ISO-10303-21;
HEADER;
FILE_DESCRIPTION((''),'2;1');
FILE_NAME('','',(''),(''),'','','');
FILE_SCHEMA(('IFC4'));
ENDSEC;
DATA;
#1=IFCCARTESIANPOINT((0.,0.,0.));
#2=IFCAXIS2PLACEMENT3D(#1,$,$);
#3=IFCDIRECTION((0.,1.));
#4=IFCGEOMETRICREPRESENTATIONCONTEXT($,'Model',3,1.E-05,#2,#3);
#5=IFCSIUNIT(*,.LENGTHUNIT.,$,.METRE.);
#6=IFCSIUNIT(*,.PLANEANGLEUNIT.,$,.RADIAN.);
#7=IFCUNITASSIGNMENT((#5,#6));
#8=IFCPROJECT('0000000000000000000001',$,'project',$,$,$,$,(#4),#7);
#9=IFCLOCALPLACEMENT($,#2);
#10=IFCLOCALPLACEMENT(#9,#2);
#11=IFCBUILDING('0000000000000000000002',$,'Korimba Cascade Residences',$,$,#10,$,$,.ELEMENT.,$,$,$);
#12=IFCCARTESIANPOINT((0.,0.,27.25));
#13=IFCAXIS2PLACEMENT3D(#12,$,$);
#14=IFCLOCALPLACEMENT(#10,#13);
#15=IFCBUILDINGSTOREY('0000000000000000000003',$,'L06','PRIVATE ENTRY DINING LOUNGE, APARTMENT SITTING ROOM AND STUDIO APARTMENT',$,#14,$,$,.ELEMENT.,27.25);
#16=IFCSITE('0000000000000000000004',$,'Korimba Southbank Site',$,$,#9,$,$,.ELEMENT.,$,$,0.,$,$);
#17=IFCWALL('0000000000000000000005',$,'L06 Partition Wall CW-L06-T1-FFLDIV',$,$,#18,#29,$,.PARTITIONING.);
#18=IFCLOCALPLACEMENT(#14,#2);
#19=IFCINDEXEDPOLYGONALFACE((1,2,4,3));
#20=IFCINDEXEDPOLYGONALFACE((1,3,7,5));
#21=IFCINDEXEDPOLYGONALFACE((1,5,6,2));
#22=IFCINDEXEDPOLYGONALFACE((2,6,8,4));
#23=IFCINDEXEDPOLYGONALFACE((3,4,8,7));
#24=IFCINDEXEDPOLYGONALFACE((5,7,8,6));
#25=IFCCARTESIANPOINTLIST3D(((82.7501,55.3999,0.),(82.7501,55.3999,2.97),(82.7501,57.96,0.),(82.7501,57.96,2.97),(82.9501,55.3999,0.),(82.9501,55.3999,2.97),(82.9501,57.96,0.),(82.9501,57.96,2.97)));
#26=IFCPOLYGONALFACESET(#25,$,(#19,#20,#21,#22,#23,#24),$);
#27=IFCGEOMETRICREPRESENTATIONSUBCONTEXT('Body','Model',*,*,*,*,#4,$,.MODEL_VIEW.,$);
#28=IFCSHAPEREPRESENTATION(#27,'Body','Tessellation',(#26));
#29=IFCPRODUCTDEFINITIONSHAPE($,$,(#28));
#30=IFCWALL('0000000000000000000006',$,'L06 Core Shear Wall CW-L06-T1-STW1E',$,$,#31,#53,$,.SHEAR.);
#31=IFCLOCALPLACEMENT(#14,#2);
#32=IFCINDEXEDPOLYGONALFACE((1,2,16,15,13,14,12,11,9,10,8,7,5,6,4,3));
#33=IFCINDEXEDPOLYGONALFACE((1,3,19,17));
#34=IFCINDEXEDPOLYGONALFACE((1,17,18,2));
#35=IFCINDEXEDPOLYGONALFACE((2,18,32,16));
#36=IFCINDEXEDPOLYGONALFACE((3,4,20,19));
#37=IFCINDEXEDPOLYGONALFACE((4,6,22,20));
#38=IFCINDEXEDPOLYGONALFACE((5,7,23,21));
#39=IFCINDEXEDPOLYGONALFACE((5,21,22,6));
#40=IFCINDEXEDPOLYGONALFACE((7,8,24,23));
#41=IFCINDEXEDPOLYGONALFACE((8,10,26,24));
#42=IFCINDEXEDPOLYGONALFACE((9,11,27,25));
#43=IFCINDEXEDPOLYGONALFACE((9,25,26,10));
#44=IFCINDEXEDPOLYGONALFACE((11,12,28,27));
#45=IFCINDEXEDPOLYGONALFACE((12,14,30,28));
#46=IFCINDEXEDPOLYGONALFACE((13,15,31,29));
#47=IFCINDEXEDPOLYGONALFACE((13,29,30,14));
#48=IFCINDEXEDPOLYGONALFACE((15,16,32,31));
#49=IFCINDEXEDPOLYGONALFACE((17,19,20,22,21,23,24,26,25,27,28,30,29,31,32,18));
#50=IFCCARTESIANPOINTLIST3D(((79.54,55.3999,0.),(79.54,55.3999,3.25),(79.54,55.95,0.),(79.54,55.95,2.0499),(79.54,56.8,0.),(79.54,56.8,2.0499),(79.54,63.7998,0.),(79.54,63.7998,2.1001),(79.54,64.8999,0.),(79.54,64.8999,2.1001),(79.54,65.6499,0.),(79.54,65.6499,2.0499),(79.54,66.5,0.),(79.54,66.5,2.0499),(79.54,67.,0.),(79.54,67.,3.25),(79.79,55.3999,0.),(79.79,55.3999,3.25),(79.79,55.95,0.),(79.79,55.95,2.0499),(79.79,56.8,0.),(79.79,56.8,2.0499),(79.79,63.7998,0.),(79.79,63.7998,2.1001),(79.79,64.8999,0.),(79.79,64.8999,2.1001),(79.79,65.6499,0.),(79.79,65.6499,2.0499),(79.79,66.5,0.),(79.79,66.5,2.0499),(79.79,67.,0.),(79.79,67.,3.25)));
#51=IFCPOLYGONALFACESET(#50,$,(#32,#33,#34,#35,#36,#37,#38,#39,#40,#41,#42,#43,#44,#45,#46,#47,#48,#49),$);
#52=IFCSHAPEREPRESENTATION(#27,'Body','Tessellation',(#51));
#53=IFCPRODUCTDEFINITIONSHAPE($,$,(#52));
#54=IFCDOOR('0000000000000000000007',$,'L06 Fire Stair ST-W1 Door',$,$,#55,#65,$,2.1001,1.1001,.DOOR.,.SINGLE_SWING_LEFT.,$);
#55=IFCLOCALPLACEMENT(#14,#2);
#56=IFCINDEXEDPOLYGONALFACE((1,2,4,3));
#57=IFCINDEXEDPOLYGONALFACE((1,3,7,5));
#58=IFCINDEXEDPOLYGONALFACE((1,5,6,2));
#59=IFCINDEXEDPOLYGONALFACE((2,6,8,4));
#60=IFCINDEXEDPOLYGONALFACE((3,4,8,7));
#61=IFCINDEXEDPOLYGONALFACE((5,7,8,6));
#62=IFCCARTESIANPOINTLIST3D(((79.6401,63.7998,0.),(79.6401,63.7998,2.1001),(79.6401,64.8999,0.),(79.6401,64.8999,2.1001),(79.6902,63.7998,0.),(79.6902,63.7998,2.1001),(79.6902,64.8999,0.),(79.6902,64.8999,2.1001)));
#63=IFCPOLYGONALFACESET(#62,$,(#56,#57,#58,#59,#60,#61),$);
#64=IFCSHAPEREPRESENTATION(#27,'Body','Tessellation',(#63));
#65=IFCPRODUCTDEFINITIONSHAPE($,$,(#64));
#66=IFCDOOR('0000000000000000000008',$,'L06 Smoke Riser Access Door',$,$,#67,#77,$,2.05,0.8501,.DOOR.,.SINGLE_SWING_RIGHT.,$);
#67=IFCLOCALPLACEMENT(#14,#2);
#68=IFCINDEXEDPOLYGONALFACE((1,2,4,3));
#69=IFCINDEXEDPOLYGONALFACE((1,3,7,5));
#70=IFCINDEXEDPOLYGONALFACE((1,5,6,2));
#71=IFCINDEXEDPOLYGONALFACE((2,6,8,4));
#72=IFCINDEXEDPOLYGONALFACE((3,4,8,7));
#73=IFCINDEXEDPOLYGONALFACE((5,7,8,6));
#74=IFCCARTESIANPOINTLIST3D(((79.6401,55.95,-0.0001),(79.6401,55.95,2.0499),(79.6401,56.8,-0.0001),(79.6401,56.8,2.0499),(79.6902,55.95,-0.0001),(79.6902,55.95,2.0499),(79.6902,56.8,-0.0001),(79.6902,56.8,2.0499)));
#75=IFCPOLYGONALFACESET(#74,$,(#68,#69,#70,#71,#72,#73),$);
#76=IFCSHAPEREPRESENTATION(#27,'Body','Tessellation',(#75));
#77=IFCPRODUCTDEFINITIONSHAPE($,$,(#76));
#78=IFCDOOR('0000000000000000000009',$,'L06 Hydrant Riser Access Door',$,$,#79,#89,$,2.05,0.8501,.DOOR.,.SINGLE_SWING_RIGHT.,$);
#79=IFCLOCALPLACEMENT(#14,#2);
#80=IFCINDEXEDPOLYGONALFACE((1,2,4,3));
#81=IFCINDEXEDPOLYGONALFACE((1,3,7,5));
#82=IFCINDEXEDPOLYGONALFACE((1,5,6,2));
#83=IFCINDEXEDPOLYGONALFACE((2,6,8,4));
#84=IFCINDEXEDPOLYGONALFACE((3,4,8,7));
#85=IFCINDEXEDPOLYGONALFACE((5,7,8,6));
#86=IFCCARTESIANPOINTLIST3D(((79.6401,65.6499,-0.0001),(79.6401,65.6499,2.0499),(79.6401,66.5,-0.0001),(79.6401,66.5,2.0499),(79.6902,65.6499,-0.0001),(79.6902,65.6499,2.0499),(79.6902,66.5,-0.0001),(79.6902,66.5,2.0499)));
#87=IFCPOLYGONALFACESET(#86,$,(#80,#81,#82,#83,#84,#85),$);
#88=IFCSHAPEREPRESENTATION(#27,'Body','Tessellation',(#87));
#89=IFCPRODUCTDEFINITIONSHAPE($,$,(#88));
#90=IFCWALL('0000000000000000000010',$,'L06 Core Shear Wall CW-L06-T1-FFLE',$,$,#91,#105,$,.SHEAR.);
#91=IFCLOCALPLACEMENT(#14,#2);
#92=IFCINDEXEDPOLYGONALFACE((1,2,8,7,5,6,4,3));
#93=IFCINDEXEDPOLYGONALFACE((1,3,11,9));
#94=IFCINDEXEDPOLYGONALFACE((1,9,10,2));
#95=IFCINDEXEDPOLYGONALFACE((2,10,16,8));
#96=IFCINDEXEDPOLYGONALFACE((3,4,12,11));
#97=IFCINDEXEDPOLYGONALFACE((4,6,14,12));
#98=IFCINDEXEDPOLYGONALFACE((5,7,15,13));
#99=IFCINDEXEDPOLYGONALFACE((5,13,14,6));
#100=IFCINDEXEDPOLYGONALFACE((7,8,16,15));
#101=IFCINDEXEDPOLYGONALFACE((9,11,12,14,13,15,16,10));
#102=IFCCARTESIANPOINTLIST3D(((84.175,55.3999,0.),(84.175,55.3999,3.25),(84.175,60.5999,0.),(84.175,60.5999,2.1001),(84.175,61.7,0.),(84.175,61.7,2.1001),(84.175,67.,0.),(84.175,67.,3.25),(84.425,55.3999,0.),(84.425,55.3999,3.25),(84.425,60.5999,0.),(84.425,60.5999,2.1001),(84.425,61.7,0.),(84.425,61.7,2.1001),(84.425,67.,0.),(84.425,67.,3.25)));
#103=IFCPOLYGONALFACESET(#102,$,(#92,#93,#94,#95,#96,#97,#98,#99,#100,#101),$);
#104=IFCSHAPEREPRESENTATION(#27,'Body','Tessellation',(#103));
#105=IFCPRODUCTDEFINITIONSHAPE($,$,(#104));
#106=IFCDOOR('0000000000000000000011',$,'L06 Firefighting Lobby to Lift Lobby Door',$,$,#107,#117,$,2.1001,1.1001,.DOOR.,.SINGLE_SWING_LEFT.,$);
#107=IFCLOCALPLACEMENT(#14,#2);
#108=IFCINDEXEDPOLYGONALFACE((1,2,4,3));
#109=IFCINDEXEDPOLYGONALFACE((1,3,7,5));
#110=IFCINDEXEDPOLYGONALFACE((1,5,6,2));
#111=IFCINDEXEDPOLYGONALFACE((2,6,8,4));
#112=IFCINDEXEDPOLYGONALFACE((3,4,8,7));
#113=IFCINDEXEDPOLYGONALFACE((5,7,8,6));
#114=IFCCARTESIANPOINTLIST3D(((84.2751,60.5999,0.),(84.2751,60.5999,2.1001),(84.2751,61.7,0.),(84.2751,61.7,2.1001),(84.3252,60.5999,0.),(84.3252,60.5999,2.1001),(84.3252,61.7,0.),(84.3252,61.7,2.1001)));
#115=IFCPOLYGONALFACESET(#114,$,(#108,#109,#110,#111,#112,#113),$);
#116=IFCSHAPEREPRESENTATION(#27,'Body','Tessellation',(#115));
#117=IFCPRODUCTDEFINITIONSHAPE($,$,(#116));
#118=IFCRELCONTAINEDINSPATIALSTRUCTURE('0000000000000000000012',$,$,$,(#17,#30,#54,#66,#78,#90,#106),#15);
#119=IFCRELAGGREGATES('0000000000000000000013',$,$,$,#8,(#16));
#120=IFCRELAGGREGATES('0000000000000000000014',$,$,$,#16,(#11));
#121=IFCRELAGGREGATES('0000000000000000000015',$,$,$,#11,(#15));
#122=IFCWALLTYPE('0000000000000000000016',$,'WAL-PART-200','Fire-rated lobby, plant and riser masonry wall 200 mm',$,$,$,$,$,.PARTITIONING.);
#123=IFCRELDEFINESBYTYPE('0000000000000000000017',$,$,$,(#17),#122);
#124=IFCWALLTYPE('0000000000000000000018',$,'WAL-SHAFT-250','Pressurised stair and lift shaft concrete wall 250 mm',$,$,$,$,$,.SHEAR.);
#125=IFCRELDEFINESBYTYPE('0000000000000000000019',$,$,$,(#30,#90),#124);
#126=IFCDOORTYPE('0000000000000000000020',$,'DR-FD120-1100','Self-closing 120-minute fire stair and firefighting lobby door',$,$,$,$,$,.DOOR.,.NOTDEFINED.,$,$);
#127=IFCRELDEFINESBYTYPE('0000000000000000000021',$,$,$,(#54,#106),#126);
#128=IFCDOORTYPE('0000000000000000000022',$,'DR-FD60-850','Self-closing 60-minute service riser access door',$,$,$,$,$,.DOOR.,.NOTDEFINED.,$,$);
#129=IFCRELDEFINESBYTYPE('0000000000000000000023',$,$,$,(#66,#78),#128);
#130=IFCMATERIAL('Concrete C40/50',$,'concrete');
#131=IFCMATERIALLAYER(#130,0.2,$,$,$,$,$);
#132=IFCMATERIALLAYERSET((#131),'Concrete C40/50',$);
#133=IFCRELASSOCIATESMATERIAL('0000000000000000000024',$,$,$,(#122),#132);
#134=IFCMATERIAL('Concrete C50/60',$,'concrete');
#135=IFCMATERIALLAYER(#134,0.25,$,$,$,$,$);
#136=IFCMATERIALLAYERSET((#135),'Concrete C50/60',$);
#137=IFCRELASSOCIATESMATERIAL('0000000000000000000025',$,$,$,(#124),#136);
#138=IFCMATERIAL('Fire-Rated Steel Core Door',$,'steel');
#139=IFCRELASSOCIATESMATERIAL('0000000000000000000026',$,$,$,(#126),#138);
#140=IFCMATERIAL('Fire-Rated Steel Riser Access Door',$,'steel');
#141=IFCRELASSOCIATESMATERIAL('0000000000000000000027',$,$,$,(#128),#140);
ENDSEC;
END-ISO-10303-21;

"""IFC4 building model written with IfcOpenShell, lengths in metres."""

from ifc_helpers import new_model, si_unit, direction, frame, frame_2d, origin, place, context, subcontext, project, spatial, rectangle, extrude, material, layer, layer_set, type_object, element, fill, save


model = new_model("IFC4")

# Units and contexts
model_context = context("Model", 3, precision=1e-05, world=origin(), true_north=direction((0.0, 1.0)))
body_context = subcontext(model_context, "Body", "Model", "MODEL_VIEW")
ifc_project = project(units=[si_unit("LENGTHUNIT", "METRE"), si_unit("PLANEANGLEUNIT", "RADIAN")], contexts=[model_context])

# Site, building, storey
site_placement = place(None, origin())
site = spatial("IfcSite", under=ifc_project, at=site_placement, Name="Korimba Southbank Site", CompositionType="ELEMENT", RefElevation=0.0)
building_placement = place(site_placement, origin())
building = spatial("IfcBuilding", under=site, at=building_placement, Name="Korimba Cascade Residences", CompositionType="ELEMENT")
storey_placement = place(building_placement, frame((0.0, 0.0, 27.25)))
storey = spatial("IfcBuildingStorey", under=building, at=storey_placement, Name="L06", Description="PRIVATE ENTRY DINING LOUNGE, APARTMENT SITTING ROOM AND STUDIO APARTMENT", CompositionType="ELEMENT", Elevation=27.25)

# Wall
ifc_material_1 = material(Name="Concrete C40/50", Category="concrete")
ifc_layer_1 = layer(ifc_material_1, 0.2)
ifc_layer_set_1 = layer_set([ifc_layer_1], Name="Concrete C40/50")
wall_type_1 = type_object("IfcWallType", Name="WAL-PART-200", Description="Fire-rated lobby, plant and riser masonry wall 200 mm", PredefinedType="PARTITIONING", material=ifc_layer_set_1)
wall_1_placement = place(storey_placement, frame((82.8501, 55.3999, 0.0), z_axis=(0.0, 0.0, 1.0), x_axis=(0.0, 1.0, 0.0)))
element("IfcWall", 1, at=wall_1_placement, inside=storey, type_object=wall_type_1, Name="L06 Partition Wall CW-L06-T1-FFLDIV", PredefinedType="PARTITIONING", context=body_context, shape_type="SweptSolid", body=[
    extrude(rectangle(XDim=2.5601, YDim=0.2, at=frame_2d((1.28, 0.0))), origin(), (0.0, 0.0, 1.0), 2.97),
])

# Wall, openings, doors
ifc_material_2 = material(Name="Concrete C50/60", Category="concrete")
ifc_layer_2 = layer(ifc_material_2, 0.25)
ifc_layer_set_2 = layer_set([ifc_layer_2], Name="Concrete C50/60")
wall_type_2 = type_object("IfcWallType", Name="WAL-SHAFT-250", Description="Pressurised stair and lift shaft concrete wall 250 mm", PredefinedType="SHEAR", material=ifc_layer_set_2)
wall_2_placement = place(storey_placement, frame((79.665, 55.3999, 0.0), z_axis=(0.0, 0.0, 1.0), x_axis=(0.0, 1.0, 0.0)))
wall_2 = element("IfcWall", 2, at=wall_2_placement, inside=storey, type_object=wall_type_2, Name="L06 Core Shear Wall CW-L06-T1-STW1E", PredefinedType="SHEAR", context=body_context, shape_type="SweptSolid", body=[
    extrude(rectangle(XDim=11.6001, YDim=0.25, at=frame_2d((5.8, 0.0))), origin(), (0.0, 0.0, 1.0), 3.25),
])
opening_1_placement = place(wall_2_placement, frame((0.55, 0.0, 0.0)))
opening_1 = element("IfcOpeningElement", 3, at=opening_1_placement, cuts=wall_2, PredefinedType="OPENING", context=body_context, shape_type="SweptSolid", body=[
    extrude(rectangle(XDim=0.8501, YDim=2.05, at=frame_2d((0.425, 1.0249))), frame((0.0, 0.135, 0.0), z_axis=(0.0, -1.0, 0.0), x_axis=(1.0, 0.0, 0.0)), (0.0, 0.0, 1.0), 0.27),
])
opening_2_placement = place(wall_2_placement, frame((8.3999, 0.0, 0.0)))
opening_2 = element("IfcOpeningElement", 4, at=opening_2_placement, cuts=wall_2, PredefinedType="OPENING", context=body_context, shape_type="SweptSolid", body=[
    extrude(rectangle(XDim=1.1001, YDim=2.1001, at=frame_2d((0.55, 1.05))), frame((0.0, 0.135, 0.0), z_axis=(0.0, -1.0, 0.0), x_axis=(1.0, 0.0, 0.0)), (0.0, 0.0, 1.0), 0.27),
])
opening_3_placement = place(wall_2_placement, frame((10.25, 0.0, 0.0)))
opening_3 = element("IfcOpeningElement", 5, at=opening_3_placement, cuts=wall_2, PredefinedType="OPENING", context=body_context, shape_type="SweptSolid", body=[
    extrude(rectangle(XDim=0.8501, YDim=2.05, at=frame_2d((0.425, 1.0249))), frame((0.0, 0.135, 0.0), z_axis=(0.0, -1.0, 0.0), x_axis=(1.0, 0.0, 0.0)), (0.0, 0.0, 1.0), 0.27),
])
ifc_material_3 = material(Name="Fire-Rated Steel Core Door", Category="steel")
door_type_1 = type_object("IfcDoorType", Name="DR-FD120-1100", Description="Self-closing 120-minute fire stair and firefighting lobby door", OperationType="NOTDEFINED", PredefinedType="DOOR", material=ifc_material_3)
door_1_placement = place(opening_2_placement, origin())
door_1 = element("IfcDoor", 6, at=door_1_placement, inside=storey, type_object=door_type_1, Name="L06 Fire Stair ST-W1 Door", OperationType="SINGLE_SWING_LEFT", OverallHeight=2.1001, OverallWidth=1.1001, PredefinedType="DOOR", context=body_context, shape_type="SweptSolid", body=[
    extrude(rectangle(XDim=1.1001, YDim=2.1001, at=frame_2d((0.55, 1.05))), frame((0.0, 0.0249, 0.0), z_axis=(0.0, -1.0, 0.0), x_axis=(1.0, 0.0, 0.0)), (0.0, 0.0, 1.0), 0.05),
])
fill(opening_2, door_1)
ifc_material_4 = material(Name="Fire-Rated Steel Riser Access Door", Category="steel")
door_type_2 = type_object("IfcDoorType", Name="DR-FD60-850", Description="Self-closing 60-minute service riser access door", OperationType="NOTDEFINED", PredefinedType="DOOR", material=ifc_material_4)
door_2_placement = place(opening_1_placement, origin())
door_2 = element("IfcDoor", 7, at=door_2_placement, inside=storey, type_object=door_type_2, Name="L06 Smoke Riser Access Door", OperationType="SINGLE_SWING_RIGHT", OverallHeight=2.05, OverallWidth=0.8501, PredefinedType="DOOR", context=body_context, shape_type="SweptSolid", body=[
    extrude(rectangle(XDim=0.8501, YDim=2.05, at=frame_2d((0.425, 1.0249))), frame((0.0, 0.0249, 0.0), z_axis=(0.0, -1.0, 0.0), x_axis=(1.0, 0.0, 0.0)), (0.0, 0.0, 1.0), 0.05),
])
fill(opening_1, door_2)
door_3_placement = place(opening_3_placement, origin())
door_3 = element("IfcDoor", 8, at=door_3_placement, inside=storey, type_object=door_type_2, Name="L06 Hydrant Riser Access Door", OperationType="SINGLE_SWING_RIGHT", OverallHeight=2.05, OverallWidth=0.8501, PredefinedType="DOOR", context=body_context, shape_type="SweptSolid", body=[
    extrude(rectangle(XDim=0.8501, YDim=2.05, at=frame_2d((0.425, 1.0249))), frame((0.0, 0.0249, 0.0), z_axis=(0.0, -1.0, 0.0), x_axis=(1.0, 0.0, 0.0)), (0.0, 0.0, 1.0), 0.05),
])
fill(opening_3, door_3)

# Wall, opening, door
wall_3_placement = place(storey_placement, frame((84.3, 55.3999, 0.0), z_axis=(0.0, 0.0, 1.0), x_axis=(0.0, 1.0, 0.0)))
wall_3 = element("IfcWall", 9, at=wall_3_placement, inside=storey, type_object=wall_type_2, Name="L06 Core Shear Wall CW-L06-T1-FFLE", PredefinedType="SHEAR", context=body_context, shape_type="SweptSolid", body=[
    extrude(rectangle(XDim=11.6001, YDim=0.25, at=frame_2d((5.8, 0.0))), origin(), (0.0, 0.0, 1.0), 3.25),
])
opening_4_placement = place(wall_3_placement, frame((5.2, 0.0, 0.0)))
opening_4 = element("IfcOpeningElement", 10, at=opening_4_placement, cuts=wall_3, PredefinedType="OPENING", context=body_context, shape_type="SweptSolid", body=[
    extrude(rectangle(XDim=1.1001, YDim=2.1001, at=frame_2d((0.55, 1.05))), frame((0.0, 0.135, 0.0), z_axis=(0.0, -1.0, 0.0), x_axis=(1.0, 0.0, 0.0)), (0.0, 0.0, 1.0), 0.27),
])
door_4_placement = place(opening_4_placement, origin())
door_4 = element("IfcDoor", 11, at=door_4_placement, inside=storey, type_object=door_type_1, Name="L06 Firefighting Lobby to Lift Lobby Door", OperationType="SINGLE_SWING_LEFT", OverallHeight=2.1001, OverallWidth=1.1001, PredefinedType="DOOR", context=body_context, shape_type="SweptSolid", body=[
    extrude(rectangle(XDim=1.1001, YDim=2.1001, at=frame_2d((0.55, 1.05))), frame((0.0, 0.0249, 0.0), z_axis=(0.0, -1.0, 0.0), x_axis=(1.0, 0.0, 0.0)), (0.0, 0.0, 1.0), 0.05),
])
fill(opening_4, door_4)

save(model, "model.ifc")
